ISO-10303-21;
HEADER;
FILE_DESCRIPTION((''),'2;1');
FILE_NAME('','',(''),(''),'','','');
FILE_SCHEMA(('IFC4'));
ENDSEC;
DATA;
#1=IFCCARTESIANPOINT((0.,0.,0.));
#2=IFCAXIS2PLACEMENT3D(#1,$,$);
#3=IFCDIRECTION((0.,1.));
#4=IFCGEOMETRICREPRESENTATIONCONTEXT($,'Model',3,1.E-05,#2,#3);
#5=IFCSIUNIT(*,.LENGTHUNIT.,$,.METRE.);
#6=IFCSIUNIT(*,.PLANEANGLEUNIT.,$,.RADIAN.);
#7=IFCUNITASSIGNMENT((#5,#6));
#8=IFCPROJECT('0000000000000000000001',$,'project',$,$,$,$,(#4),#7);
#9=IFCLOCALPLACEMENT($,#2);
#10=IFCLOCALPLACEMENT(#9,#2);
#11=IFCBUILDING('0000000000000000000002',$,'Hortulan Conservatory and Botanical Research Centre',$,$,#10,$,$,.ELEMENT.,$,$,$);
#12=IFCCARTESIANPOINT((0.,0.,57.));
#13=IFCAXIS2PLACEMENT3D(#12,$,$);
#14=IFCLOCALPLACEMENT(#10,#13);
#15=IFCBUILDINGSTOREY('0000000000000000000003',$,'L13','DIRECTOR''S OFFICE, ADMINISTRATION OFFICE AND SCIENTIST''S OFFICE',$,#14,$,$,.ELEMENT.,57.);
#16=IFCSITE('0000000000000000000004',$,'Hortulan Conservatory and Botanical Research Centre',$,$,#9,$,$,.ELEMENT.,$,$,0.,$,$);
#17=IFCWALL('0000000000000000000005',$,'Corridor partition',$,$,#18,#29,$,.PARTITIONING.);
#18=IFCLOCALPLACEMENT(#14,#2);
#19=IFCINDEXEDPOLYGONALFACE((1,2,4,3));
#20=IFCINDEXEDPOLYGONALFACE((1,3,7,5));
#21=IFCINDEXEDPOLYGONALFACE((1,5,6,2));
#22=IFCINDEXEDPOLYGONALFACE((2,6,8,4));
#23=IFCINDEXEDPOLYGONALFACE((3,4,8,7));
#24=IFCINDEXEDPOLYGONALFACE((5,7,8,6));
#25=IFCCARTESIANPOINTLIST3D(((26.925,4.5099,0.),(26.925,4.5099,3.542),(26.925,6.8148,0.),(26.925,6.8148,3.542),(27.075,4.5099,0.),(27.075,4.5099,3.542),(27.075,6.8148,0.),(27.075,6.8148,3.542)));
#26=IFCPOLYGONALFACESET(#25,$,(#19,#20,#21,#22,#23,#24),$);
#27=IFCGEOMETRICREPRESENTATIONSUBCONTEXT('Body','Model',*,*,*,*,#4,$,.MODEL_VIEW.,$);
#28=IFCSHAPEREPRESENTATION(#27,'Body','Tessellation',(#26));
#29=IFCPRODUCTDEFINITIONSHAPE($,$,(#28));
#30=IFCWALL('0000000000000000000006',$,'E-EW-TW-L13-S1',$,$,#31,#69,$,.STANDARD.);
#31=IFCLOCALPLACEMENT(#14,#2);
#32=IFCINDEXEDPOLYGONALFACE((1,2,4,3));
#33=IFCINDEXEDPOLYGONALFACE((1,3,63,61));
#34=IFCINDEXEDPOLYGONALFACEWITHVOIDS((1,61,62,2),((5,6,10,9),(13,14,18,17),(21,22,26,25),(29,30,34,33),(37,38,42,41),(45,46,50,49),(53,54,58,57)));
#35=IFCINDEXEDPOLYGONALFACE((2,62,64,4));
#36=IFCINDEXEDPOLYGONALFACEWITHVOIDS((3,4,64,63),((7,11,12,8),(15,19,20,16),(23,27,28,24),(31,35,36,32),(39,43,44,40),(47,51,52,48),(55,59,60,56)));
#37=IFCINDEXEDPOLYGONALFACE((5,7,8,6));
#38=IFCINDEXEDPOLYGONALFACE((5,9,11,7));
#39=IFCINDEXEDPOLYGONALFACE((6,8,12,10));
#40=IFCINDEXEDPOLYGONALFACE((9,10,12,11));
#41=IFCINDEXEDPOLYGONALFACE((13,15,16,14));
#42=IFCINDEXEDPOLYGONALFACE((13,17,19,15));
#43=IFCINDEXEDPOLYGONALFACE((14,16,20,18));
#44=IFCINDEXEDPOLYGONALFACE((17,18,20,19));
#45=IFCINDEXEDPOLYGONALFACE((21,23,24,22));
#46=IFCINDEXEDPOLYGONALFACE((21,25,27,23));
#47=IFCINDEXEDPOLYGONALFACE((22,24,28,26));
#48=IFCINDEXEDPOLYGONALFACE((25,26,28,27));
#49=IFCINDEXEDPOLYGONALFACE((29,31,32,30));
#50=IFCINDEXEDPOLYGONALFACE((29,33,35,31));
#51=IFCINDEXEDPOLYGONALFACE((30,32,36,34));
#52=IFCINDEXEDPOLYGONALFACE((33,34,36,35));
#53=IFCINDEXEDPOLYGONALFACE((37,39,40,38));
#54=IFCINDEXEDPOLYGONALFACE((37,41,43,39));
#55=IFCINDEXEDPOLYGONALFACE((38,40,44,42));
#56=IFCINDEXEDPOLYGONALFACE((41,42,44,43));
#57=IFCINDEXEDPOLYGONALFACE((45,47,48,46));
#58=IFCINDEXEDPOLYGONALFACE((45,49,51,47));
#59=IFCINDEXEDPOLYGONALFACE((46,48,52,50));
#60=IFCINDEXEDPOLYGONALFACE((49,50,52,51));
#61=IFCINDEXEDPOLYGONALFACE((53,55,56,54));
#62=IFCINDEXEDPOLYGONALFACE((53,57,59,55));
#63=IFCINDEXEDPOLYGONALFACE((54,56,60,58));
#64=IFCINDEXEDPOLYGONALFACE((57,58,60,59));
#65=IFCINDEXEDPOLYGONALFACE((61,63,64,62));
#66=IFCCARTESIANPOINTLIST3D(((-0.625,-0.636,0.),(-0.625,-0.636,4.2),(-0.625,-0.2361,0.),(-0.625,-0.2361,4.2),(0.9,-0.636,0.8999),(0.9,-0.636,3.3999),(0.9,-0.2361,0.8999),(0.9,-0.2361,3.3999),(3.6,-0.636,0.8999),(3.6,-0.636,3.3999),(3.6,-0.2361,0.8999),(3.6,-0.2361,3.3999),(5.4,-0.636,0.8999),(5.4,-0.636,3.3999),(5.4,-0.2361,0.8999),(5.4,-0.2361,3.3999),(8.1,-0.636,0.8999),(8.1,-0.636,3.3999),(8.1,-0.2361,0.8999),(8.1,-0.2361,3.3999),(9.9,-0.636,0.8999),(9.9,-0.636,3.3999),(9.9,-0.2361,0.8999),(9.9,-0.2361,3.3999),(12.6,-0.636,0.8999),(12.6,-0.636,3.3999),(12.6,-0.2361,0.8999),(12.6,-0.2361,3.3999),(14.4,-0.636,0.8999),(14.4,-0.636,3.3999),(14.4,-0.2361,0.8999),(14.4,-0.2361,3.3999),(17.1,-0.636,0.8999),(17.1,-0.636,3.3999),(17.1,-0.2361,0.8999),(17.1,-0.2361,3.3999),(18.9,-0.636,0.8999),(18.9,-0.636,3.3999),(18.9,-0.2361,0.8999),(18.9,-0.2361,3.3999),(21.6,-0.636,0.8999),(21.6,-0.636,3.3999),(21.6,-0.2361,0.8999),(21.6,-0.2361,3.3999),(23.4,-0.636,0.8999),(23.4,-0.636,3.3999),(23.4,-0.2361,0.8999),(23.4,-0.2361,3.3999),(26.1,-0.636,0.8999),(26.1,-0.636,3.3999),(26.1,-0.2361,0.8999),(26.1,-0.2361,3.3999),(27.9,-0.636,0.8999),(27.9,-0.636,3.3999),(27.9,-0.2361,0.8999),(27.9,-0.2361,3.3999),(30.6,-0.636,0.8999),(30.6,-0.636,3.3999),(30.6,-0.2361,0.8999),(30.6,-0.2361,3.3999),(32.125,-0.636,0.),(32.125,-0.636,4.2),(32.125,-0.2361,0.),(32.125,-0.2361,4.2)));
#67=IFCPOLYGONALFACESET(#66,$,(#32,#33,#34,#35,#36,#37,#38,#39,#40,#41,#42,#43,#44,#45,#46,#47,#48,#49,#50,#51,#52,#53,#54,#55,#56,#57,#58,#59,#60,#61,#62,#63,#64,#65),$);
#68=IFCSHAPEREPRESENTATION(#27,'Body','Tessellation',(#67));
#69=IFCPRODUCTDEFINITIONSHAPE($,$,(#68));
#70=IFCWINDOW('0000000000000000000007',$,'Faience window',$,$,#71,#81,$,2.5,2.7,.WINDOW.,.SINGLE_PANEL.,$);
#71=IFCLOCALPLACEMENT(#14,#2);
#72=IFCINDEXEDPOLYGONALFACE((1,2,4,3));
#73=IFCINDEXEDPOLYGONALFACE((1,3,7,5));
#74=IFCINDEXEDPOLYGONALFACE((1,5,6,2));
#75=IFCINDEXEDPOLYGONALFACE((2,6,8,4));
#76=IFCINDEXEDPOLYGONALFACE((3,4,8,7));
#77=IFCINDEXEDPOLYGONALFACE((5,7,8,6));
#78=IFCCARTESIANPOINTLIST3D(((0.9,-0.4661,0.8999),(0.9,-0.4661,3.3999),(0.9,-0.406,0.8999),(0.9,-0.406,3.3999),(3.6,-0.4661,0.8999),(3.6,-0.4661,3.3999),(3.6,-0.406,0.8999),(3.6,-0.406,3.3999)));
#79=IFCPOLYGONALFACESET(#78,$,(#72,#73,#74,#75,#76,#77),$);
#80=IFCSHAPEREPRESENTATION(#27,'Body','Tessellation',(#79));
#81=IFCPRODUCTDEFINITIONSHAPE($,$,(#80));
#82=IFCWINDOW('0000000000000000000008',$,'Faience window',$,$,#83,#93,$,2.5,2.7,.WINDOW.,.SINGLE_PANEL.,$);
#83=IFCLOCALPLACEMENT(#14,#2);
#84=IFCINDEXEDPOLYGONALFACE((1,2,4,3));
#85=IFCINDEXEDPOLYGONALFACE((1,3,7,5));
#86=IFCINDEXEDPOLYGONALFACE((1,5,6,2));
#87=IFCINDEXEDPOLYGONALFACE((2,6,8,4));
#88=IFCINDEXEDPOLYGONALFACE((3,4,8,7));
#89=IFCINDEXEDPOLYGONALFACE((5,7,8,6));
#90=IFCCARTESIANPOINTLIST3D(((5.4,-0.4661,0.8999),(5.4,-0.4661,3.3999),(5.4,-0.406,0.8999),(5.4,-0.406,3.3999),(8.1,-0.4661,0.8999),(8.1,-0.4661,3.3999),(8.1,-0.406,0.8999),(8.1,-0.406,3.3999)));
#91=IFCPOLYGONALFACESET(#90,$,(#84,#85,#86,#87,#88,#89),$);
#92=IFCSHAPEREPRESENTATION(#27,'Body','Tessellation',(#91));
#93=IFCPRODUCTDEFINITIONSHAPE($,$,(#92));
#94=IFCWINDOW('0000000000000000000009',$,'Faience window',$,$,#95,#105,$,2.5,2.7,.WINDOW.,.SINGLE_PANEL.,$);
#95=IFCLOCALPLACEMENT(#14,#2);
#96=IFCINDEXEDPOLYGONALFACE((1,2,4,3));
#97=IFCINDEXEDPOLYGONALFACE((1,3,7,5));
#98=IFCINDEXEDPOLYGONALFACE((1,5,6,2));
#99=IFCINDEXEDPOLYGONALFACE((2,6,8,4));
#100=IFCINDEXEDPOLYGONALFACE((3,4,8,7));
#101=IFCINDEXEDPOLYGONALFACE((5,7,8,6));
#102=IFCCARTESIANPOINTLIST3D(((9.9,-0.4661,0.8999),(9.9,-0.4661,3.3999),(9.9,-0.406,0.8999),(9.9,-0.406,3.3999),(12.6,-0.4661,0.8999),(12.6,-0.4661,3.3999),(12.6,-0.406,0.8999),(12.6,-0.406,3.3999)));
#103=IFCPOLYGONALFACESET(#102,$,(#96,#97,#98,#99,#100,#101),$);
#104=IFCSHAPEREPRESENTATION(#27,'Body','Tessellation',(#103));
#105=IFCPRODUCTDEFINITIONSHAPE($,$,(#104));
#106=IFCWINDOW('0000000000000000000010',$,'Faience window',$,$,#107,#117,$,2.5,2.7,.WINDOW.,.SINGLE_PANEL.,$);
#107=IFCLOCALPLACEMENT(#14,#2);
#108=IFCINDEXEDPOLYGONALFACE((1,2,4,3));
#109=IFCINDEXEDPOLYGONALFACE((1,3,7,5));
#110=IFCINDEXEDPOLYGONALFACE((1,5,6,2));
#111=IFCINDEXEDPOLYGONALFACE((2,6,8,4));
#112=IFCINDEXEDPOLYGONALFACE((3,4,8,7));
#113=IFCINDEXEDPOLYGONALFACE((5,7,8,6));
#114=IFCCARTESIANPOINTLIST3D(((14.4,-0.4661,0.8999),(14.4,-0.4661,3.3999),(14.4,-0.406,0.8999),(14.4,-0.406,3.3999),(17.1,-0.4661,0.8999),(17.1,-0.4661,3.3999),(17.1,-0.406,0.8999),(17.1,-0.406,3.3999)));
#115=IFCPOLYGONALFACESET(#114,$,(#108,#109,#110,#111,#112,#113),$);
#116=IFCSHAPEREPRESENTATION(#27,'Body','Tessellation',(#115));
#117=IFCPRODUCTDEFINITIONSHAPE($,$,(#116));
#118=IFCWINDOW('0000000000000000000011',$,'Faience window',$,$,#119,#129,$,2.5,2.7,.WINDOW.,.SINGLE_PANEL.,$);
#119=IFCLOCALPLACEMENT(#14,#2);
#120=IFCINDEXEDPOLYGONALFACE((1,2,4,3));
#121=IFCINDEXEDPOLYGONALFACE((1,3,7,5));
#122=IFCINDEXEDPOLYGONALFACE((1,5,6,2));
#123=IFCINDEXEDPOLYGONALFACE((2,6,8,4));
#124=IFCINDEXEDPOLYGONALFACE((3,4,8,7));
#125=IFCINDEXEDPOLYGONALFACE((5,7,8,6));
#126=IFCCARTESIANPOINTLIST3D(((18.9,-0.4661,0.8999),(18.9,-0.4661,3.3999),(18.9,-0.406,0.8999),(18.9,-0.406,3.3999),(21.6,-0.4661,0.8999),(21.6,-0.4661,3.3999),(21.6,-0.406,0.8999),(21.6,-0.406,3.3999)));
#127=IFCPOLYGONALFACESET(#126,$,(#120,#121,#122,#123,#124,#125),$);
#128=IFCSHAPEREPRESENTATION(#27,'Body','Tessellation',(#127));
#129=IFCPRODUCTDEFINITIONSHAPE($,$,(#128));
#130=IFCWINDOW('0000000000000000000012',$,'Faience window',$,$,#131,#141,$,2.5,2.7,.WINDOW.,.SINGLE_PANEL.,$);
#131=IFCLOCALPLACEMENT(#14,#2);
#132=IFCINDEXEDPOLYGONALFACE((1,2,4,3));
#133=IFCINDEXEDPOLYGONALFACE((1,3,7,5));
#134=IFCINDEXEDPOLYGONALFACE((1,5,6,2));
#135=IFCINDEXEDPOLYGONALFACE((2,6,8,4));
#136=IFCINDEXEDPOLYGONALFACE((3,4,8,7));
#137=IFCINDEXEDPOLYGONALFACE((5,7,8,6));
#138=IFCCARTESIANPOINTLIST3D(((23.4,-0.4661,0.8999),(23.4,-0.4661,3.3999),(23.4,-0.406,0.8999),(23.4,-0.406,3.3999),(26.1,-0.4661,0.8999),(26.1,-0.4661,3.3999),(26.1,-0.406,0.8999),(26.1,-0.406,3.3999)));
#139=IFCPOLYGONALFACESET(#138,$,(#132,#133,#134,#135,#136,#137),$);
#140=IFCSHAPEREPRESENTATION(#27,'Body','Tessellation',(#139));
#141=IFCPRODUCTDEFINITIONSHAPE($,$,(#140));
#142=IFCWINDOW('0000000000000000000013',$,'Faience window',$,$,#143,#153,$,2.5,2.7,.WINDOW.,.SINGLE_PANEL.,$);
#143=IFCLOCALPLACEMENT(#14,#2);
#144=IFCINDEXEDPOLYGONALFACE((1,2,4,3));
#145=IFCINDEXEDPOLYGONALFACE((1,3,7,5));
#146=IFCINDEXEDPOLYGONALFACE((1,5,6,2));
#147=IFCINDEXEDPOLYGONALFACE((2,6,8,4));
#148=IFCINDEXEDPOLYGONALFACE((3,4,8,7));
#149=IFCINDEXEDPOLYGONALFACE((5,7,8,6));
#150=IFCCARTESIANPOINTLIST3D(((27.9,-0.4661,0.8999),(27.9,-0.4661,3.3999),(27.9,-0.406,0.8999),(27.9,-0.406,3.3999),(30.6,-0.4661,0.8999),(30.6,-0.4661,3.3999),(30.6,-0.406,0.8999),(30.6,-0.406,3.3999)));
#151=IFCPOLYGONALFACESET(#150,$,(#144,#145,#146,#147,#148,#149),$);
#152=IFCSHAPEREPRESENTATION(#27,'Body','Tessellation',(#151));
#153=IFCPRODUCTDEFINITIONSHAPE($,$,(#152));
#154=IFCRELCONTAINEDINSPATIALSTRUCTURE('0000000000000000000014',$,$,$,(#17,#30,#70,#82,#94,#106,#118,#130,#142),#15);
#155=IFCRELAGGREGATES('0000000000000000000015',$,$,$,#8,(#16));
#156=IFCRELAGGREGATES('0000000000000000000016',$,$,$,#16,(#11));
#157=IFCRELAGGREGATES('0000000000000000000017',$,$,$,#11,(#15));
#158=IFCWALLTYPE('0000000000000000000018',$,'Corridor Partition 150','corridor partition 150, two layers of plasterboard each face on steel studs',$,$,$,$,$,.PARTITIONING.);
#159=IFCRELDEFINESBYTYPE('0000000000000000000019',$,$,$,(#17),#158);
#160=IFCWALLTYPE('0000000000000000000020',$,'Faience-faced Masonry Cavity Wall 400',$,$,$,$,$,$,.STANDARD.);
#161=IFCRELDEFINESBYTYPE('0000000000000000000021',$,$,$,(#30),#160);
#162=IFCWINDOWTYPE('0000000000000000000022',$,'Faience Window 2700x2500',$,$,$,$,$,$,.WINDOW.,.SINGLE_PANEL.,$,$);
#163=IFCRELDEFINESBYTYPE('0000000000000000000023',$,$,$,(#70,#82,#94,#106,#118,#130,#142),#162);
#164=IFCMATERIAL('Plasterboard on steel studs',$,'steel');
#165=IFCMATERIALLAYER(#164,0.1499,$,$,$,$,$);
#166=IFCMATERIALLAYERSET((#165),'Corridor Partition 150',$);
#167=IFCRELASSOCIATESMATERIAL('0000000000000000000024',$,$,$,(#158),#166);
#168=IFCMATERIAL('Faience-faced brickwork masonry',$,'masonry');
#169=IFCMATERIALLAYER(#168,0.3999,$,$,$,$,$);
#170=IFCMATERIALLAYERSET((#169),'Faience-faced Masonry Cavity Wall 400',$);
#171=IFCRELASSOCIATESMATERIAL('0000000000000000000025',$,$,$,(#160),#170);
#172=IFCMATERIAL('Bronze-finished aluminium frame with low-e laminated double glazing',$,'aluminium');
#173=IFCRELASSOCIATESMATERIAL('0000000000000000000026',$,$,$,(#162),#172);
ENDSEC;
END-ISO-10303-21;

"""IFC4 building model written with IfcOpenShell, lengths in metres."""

from ifc_helpers import new_model, si_unit, direction, frame, frame_2d, origin, place, context, subcontext, project, spatial, rectangle, extrude, material, layer, layer_set, type_object, element, fill, save


model = new_model("IFC4")

# Units and contexts
model_context = context("Model", 3, precision=1e-05, world=origin(), true_north=direction((0.0, 1.0)))
body_context = subcontext(model_context, "Body", "Model", "MODEL_VIEW")
ifc_project = project(units=[si_unit("LENGTHUNIT", "METRE"), si_unit("PLANEANGLEUNIT", "RADIAN")], contexts=[model_context])

# Site, building, storey
site_placement = place(None, origin())
site = spatial("IfcSite", under=ifc_project, at=site_placement, Name="Hortulan Conservatory and Botanical Research Centre", CompositionType="ELEMENT", RefElevation=0.0)
building_placement = place(site_placement, origin())
building = spatial("IfcBuilding", under=site, at=building_placement, Name="Hortulan Conservatory and Botanical Research Centre", CompositionType="ELEMENT")
storey_placement = place(building_placement, frame((0.0, 0.0, 57.0)))
storey = spatial("IfcBuildingStorey", under=building, at=storey_placement, Name="L13", Description="DIRECTOR'S OFFICE, ADMINISTRATION OFFICE AND SCIENTIST'S OFFICE", CompositionType="ELEMENT", Elevation=57.0)

# Wall
ifc_material_1 = material(Name="Plasterboard on steel studs", Category="steel")
ifc_layer_1 = layer(ifc_material_1, 0.1499)
ifc_layer_set_1 = layer_set([ifc_layer_1], Name="Corridor Partition 150")
wall_type_1 = type_object("IfcWallType", Name="Corridor Partition 150", Description="corridor partition 150, two layers of plasterboard each face on steel studs", PredefinedType="PARTITIONING", material=ifc_layer_set_1)
wall_1_placement = place(storey_placement, frame((27.0, 4.51, 0.0), z_axis=(0.0, 0.0, 1.0), x_axis=(0.0, 1.0, 0.0)))
element("IfcWall", 1, at=wall_1_placement, inside=storey, type_object=wall_type_1, Name="Corridor partition", PredefinedType="PARTITIONING", context=body_context, shape_type="SweptSolid", body=[
    extrude(rectangle(XDim=2.3049, YDim=0.1499, at=frame_2d((1.1523, 0.0))), origin(), (0.0, 0.0, 1.0), 3.542),
])

# Wall, openings, windows
ifc_material_2 = material(Name="Faience-faced brickwork masonry", Category="masonry")
ifc_layer_2 = layer(ifc_material_2, 0.3999)
ifc_layer_set_2 = layer_set([ifc_layer_2], Name="Faience-faced Masonry Cavity Wall 400")
wall_type_2 = type_object("IfcWallType", Name="Faience-faced Masonry Cavity Wall 400", PredefinedType="STANDARD", material=ifc_layer_set_2)
wall_2_placement = place(storey_placement, frame((32.125, -0.436, 0.0), z_axis=(0.0, 0.0, 1.0), x_axis=(-1.0, 0.0, 0.0)))
wall_2 = element("IfcWall", 2, at=wall_2_placement, inside=storey, type_object=wall_type_2, Name="E-EW-TW-L13-S1", PredefinedType="STANDARD", context=body_context, shape_type="SweptSolid", body=[
    extrude(rectangle(XDim=32.75, YDim=0.3999, at=frame_2d((16.375, 0.0))), origin(), (0.0, 0.0, 1.0), 4.2),
])
opening_1_placement = place(wall_2_placement, frame((28.5249, 0.0, 0.8999)))
opening_1 = element("IfcOpeningElement", 3, at=opening_1_placement, cuts=wall_2, PredefinedType="OPENING", context=body_context, shape_type="SweptSolid", body=[
    extrude(rectangle(XDim=2.7, YDim=2.5, at=frame_2d((1.3501, 1.25))), frame((0.0, 0.21, 0.0), z_axis=(0.0, -1.0, 0.0), x_axis=(1.0, 0.0, 0.0)), (0.0, 0.0, 1.0), 0.4199),
])
opening_2_placement = place(wall_2_placement, frame((24.0249, 0.0, 0.8999)))
opening_2 = element("IfcOpeningElement", 4, at=opening_2_placement, cuts=wall_2, PredefinedType="OPENING", context=body_context, shape_type="SweptSolid", body=[
    extrude(rectangle(XDim=2.7, YDim=2.5, at=frame_2d((1.3501, 1.25))), frame((0.0, 0.21, 0.0), z_axis=(0.0, -1.0, 0.0), x_axis=(1.0, 0.0, 0.0)), (0.0, 0.0, 1.0), 0.4199),
])
opening_3_placement = place(wall_2_placement, frame((19.5249, 0.0, 0.8999)))
opening_3 = element("IfcOpeningElement", 5, at=opening_3_placement, cuts=wall_2, PredefinedType="OPENING", context=body_context, shape_type="SweptSolid", body=[
    extrude(rectangle(XDim=2.7, YDim=2.5, at=frame_2d((1.3501, 1.25))), frame((0.0, 0.21, 0.0), z_axis=(0.0, -1.0, 0.0), x_axis=(1.0, 0.0, 0.0)), (0.0, 0.0, 1.0), 0.4199),
])
opening_4_placement = place(wall_2_placement, frame((15.0249, 0.0, 0.8999)))
opening_4 = element("IfcOpeningElement", 6, at=opening_4_placement, cuts=wall_2, PredefinedType="OPENING", context=body_context, shape_type="SweptSolid", body=[
    extrude(rectangle(XDim=2.7, YDim=2.5, at=frame_2d((1.3501, 1.25))), frame((0.0, 0.21, 0.0), z_axis=(0.0, -1.0, 0.0), x_axis=(1.0, 0.0, 0.0)), (0.0, 0.0, 1.0), 0.4199),
])
opening_5_placement = place(wall_2_placement, frame((10.5249, 0.0, 0.8999)))
opening_5 = element("IfcOpeningElement", 7, at=opening_5_placement, cuts=wall_2, PredefinedType="OPENING", context=body_context, shape_type="SweptSolid", body=[
    extrude(rectangle(XDim=2.7, YDim=2.5, at=frame_2d((1.3501, 1.25))), frame((0.0, 0.21, 0.0), z_axis=(0.0, -1.0, 0.0), x_axis=(1.0, 0.0, 0.0)), (0.0, 0.0, 1.0), 0.4199),
])
opening_6_placement = place(wall_2_placement, frame((6.0249, 0.0, 0.8999)))
opening_6 = element("IfcOpeningElement", 8, at=opening_6_placement, cuts=wall_2, PredefinedType="OPENING", context=body_context, shape_type="SweptSolid", body=[
    extrude(rectangle(XDim=2.7, YDim=2.5, at=frame_2d((1.3501, 1.25))), frame((0.0, 0.21, 0.0), z_axis=(0.0, -1.0, 0.0), x_axis=(1.0, 0.0, 0.0)), (0.0, 0.0, 1.0), 0.4199),
])
opening_7_placement = place(wall_2_placement, frame((1.5249, 0.0, 0.8999)))
opening_7 = element("IfcOpeningElement", 9, at=opening_7_placement, cuts=wall_2, PredefinedType="OPENING", context=body_context, shape_type="SweptSolid", body=[
    extrude(rectangle(XDim=2.7, YDim=2.5, at=frame_2d((1.3501, 1.25))), frame((0.0, 0.21, 0.0), z_axis=(0.0, -1.0, 0.0), x_axis=(1.0, 0.0, 0.0)), (0.0, 0.0, 1.0), 0.4199),
])
ifc_material_3 = material(Name="Bronze-finished aluminium frame with low-e laminated double glazing", Category="aluminium")
window_type = type_object("IfcWindowType", Name="Faience Window 2700x2500", PartitioningType="SINGLE_PANEL", PredefinedType="WINDOW", material=ifc_material_3)
window_1_placement = place(opening_1_placement, origin())
window_1 = element("IfcWindow", 10, at=window_1_placement, inside=storey, type_object=window_type, Name="Faience window", OverallHeight=2.5, OverallWidth=2.7, PartitioningType="SINGLE_PANEL", PredefinedType="WINDOW", context=body_context, shape_type="SweptSolid", body=[
    extrude(rectangle(XDim=2.7, YDim=2.5, at=frame_2d((1.3501, 1.25))), frame((0.0, 0.03, 0.0), z_axis=(0.0, -1.0, 0.0), x_axis=(1.0, 0.0, 0.0)), (0.0, 0.0, 1.0), 0.0601),
])
fill(opening_1, window_1)
window_2_placement = place(opening_2_placement, origin())
window_2 = element("IfcWindow", 11, at=window_2_placement, inside=storey, type_object=window_type, Name="Faience window", OverallHeight=2.5, OverallWidth=2.7, PartitioningType="SINGLE_PANEL", PredefinedType="WINDOW", context=body_context, shape_type="SweptSolid", body=[
    extrude(rectangle(XDim=2.7, YDim=2.5, at=frame_2d((1.3501, 1.25))), frame((0.0, 0.03, 0.0), z_axis=(0.0, -1.0, 0.0), x_axis=(1.0, 0.0, 0.0)), (0.0, 0.0, 1.0), 0.0601),
])
fill(opening_2, window_2)
window_3_placement = place(opening_3_placement, origin())
window_3 = element("IfcWindow", 12, at=window_3_placement, inside=storey, type_object=window_type, Name="Faience window", OverallHeight=2.5, OverallWidth=2.7, PartitioningType="SINGLE_PANEL", PredefinedType="WINDOW", context=body_context, shape_type="SweptSolid", body=[
    extrude(rectangle(XDim=2.7, YDim=2.5, at=frame_2d((1.3501, 1.25))), frame((0.0, 0.03, 0.0), z_axis=(0.0, -1.0, 0.0), x_axis=(1.0, 0.0, 0.0)), (0.0, 0.0, 1.0), 0.0601),
])
fill(opening_3, window_3)
window_4_placement = place(opening_4_placement, origin())
window_4 = element("IfcWindow", 13, at=window_4_placement, inside=storey, type_object=window_type, Name="Faience window", OverallHeight=2.5, OverallWidth=2.7, PartitioningType="SINGLE_PANEL", PredefinedType="WINDOW", context=body_context, shape_type="SweptSolid", body=[
    extrude(rectangle(XDim=2.7, YDim=2.5, at=frame_2d((1.3501, 1.25))), frame((0.0, 0.03, 0.0), z_axis=(0.0, -1.0, 0.0), x_axis=(1.0, 0.0, 0.0)), (0.0, 0.0, 1.0), 0.0601),
])
fill(opening_4, window_4)
window_5_placement = place(opening_5_placement, origin())
window_5 = element("IfcWindow", 14, at=window_5_placement, inside=storey, type_object=window_type, Name="Faience window", OverallHeight=2.5, OverallWidth=2.7, PartitioningType="SINGLE_PANEL", PredefinedType="WINDOW", context=body_context, shape_type="SweptSolid", body=[
    extrude(rectangle(XDim=2.7, YDim=2.5, at=frame_2d((1.3501, 1.25))), frame((0.0, 0.03, 0.0), z_axis=(0.0, -1.0, 0.0), x_axis=(1.0, 0.0, 0.0)), (0.0, 0.0, 1.0), 0.0601),
])
fill(opening_5, window_5)
window_6_placement = place(opening_6_placement, origin())
window_6 = element("IfcWindow", 15, at=window_6_placement, inside=storey, type_object=window_type, Name="Faience window", OverallHeight=2.5, OverallWidth=2.7, PartitioningType="SINGLE_PANEL", PredefinedType="WINDOW", context=body_context, shape_type="SweptSolid", body=[
    extrude(rectangle(XDim=2.7, YDim=2.5, at=frame_2d((1.3501, 1.25))), frame((0.0, 0.03, 0.0), z_axis=(0.0, -1.0, 0.0), x_axis=(1.0, 0.0, 0.0)), (0.0, 0.0, 1.0), 0.0601),
])
fill(opening_6, window_6)
window_7_placement = place(opening_7_placement, origin())
window_7 = element("IfcWindow", 16, at=window_7_placement, inside=storey, type_object=window_type, Name="Faience window", OverallHeight=2.5, OverallWidth=2.7, PartitioningType="SINGLE_PANEL", PredefinedType="WINDOW", context=body_context, shape_type="SweptSolid", body=[
    extrude(rectangle(XDim=2.7, YDim=2.5, at=frame_2d((1.3501, 1.25))), frame((0.0, 0.03, 0.0), z_axis=(0.0, -1.0, 0.0), x_axis=(1.0, 0.0, 0.0)), (0.0, 0.0, 1.0), 0.0601),
])
fill(opening_7, window_7)

save(model, "model.ifc")
